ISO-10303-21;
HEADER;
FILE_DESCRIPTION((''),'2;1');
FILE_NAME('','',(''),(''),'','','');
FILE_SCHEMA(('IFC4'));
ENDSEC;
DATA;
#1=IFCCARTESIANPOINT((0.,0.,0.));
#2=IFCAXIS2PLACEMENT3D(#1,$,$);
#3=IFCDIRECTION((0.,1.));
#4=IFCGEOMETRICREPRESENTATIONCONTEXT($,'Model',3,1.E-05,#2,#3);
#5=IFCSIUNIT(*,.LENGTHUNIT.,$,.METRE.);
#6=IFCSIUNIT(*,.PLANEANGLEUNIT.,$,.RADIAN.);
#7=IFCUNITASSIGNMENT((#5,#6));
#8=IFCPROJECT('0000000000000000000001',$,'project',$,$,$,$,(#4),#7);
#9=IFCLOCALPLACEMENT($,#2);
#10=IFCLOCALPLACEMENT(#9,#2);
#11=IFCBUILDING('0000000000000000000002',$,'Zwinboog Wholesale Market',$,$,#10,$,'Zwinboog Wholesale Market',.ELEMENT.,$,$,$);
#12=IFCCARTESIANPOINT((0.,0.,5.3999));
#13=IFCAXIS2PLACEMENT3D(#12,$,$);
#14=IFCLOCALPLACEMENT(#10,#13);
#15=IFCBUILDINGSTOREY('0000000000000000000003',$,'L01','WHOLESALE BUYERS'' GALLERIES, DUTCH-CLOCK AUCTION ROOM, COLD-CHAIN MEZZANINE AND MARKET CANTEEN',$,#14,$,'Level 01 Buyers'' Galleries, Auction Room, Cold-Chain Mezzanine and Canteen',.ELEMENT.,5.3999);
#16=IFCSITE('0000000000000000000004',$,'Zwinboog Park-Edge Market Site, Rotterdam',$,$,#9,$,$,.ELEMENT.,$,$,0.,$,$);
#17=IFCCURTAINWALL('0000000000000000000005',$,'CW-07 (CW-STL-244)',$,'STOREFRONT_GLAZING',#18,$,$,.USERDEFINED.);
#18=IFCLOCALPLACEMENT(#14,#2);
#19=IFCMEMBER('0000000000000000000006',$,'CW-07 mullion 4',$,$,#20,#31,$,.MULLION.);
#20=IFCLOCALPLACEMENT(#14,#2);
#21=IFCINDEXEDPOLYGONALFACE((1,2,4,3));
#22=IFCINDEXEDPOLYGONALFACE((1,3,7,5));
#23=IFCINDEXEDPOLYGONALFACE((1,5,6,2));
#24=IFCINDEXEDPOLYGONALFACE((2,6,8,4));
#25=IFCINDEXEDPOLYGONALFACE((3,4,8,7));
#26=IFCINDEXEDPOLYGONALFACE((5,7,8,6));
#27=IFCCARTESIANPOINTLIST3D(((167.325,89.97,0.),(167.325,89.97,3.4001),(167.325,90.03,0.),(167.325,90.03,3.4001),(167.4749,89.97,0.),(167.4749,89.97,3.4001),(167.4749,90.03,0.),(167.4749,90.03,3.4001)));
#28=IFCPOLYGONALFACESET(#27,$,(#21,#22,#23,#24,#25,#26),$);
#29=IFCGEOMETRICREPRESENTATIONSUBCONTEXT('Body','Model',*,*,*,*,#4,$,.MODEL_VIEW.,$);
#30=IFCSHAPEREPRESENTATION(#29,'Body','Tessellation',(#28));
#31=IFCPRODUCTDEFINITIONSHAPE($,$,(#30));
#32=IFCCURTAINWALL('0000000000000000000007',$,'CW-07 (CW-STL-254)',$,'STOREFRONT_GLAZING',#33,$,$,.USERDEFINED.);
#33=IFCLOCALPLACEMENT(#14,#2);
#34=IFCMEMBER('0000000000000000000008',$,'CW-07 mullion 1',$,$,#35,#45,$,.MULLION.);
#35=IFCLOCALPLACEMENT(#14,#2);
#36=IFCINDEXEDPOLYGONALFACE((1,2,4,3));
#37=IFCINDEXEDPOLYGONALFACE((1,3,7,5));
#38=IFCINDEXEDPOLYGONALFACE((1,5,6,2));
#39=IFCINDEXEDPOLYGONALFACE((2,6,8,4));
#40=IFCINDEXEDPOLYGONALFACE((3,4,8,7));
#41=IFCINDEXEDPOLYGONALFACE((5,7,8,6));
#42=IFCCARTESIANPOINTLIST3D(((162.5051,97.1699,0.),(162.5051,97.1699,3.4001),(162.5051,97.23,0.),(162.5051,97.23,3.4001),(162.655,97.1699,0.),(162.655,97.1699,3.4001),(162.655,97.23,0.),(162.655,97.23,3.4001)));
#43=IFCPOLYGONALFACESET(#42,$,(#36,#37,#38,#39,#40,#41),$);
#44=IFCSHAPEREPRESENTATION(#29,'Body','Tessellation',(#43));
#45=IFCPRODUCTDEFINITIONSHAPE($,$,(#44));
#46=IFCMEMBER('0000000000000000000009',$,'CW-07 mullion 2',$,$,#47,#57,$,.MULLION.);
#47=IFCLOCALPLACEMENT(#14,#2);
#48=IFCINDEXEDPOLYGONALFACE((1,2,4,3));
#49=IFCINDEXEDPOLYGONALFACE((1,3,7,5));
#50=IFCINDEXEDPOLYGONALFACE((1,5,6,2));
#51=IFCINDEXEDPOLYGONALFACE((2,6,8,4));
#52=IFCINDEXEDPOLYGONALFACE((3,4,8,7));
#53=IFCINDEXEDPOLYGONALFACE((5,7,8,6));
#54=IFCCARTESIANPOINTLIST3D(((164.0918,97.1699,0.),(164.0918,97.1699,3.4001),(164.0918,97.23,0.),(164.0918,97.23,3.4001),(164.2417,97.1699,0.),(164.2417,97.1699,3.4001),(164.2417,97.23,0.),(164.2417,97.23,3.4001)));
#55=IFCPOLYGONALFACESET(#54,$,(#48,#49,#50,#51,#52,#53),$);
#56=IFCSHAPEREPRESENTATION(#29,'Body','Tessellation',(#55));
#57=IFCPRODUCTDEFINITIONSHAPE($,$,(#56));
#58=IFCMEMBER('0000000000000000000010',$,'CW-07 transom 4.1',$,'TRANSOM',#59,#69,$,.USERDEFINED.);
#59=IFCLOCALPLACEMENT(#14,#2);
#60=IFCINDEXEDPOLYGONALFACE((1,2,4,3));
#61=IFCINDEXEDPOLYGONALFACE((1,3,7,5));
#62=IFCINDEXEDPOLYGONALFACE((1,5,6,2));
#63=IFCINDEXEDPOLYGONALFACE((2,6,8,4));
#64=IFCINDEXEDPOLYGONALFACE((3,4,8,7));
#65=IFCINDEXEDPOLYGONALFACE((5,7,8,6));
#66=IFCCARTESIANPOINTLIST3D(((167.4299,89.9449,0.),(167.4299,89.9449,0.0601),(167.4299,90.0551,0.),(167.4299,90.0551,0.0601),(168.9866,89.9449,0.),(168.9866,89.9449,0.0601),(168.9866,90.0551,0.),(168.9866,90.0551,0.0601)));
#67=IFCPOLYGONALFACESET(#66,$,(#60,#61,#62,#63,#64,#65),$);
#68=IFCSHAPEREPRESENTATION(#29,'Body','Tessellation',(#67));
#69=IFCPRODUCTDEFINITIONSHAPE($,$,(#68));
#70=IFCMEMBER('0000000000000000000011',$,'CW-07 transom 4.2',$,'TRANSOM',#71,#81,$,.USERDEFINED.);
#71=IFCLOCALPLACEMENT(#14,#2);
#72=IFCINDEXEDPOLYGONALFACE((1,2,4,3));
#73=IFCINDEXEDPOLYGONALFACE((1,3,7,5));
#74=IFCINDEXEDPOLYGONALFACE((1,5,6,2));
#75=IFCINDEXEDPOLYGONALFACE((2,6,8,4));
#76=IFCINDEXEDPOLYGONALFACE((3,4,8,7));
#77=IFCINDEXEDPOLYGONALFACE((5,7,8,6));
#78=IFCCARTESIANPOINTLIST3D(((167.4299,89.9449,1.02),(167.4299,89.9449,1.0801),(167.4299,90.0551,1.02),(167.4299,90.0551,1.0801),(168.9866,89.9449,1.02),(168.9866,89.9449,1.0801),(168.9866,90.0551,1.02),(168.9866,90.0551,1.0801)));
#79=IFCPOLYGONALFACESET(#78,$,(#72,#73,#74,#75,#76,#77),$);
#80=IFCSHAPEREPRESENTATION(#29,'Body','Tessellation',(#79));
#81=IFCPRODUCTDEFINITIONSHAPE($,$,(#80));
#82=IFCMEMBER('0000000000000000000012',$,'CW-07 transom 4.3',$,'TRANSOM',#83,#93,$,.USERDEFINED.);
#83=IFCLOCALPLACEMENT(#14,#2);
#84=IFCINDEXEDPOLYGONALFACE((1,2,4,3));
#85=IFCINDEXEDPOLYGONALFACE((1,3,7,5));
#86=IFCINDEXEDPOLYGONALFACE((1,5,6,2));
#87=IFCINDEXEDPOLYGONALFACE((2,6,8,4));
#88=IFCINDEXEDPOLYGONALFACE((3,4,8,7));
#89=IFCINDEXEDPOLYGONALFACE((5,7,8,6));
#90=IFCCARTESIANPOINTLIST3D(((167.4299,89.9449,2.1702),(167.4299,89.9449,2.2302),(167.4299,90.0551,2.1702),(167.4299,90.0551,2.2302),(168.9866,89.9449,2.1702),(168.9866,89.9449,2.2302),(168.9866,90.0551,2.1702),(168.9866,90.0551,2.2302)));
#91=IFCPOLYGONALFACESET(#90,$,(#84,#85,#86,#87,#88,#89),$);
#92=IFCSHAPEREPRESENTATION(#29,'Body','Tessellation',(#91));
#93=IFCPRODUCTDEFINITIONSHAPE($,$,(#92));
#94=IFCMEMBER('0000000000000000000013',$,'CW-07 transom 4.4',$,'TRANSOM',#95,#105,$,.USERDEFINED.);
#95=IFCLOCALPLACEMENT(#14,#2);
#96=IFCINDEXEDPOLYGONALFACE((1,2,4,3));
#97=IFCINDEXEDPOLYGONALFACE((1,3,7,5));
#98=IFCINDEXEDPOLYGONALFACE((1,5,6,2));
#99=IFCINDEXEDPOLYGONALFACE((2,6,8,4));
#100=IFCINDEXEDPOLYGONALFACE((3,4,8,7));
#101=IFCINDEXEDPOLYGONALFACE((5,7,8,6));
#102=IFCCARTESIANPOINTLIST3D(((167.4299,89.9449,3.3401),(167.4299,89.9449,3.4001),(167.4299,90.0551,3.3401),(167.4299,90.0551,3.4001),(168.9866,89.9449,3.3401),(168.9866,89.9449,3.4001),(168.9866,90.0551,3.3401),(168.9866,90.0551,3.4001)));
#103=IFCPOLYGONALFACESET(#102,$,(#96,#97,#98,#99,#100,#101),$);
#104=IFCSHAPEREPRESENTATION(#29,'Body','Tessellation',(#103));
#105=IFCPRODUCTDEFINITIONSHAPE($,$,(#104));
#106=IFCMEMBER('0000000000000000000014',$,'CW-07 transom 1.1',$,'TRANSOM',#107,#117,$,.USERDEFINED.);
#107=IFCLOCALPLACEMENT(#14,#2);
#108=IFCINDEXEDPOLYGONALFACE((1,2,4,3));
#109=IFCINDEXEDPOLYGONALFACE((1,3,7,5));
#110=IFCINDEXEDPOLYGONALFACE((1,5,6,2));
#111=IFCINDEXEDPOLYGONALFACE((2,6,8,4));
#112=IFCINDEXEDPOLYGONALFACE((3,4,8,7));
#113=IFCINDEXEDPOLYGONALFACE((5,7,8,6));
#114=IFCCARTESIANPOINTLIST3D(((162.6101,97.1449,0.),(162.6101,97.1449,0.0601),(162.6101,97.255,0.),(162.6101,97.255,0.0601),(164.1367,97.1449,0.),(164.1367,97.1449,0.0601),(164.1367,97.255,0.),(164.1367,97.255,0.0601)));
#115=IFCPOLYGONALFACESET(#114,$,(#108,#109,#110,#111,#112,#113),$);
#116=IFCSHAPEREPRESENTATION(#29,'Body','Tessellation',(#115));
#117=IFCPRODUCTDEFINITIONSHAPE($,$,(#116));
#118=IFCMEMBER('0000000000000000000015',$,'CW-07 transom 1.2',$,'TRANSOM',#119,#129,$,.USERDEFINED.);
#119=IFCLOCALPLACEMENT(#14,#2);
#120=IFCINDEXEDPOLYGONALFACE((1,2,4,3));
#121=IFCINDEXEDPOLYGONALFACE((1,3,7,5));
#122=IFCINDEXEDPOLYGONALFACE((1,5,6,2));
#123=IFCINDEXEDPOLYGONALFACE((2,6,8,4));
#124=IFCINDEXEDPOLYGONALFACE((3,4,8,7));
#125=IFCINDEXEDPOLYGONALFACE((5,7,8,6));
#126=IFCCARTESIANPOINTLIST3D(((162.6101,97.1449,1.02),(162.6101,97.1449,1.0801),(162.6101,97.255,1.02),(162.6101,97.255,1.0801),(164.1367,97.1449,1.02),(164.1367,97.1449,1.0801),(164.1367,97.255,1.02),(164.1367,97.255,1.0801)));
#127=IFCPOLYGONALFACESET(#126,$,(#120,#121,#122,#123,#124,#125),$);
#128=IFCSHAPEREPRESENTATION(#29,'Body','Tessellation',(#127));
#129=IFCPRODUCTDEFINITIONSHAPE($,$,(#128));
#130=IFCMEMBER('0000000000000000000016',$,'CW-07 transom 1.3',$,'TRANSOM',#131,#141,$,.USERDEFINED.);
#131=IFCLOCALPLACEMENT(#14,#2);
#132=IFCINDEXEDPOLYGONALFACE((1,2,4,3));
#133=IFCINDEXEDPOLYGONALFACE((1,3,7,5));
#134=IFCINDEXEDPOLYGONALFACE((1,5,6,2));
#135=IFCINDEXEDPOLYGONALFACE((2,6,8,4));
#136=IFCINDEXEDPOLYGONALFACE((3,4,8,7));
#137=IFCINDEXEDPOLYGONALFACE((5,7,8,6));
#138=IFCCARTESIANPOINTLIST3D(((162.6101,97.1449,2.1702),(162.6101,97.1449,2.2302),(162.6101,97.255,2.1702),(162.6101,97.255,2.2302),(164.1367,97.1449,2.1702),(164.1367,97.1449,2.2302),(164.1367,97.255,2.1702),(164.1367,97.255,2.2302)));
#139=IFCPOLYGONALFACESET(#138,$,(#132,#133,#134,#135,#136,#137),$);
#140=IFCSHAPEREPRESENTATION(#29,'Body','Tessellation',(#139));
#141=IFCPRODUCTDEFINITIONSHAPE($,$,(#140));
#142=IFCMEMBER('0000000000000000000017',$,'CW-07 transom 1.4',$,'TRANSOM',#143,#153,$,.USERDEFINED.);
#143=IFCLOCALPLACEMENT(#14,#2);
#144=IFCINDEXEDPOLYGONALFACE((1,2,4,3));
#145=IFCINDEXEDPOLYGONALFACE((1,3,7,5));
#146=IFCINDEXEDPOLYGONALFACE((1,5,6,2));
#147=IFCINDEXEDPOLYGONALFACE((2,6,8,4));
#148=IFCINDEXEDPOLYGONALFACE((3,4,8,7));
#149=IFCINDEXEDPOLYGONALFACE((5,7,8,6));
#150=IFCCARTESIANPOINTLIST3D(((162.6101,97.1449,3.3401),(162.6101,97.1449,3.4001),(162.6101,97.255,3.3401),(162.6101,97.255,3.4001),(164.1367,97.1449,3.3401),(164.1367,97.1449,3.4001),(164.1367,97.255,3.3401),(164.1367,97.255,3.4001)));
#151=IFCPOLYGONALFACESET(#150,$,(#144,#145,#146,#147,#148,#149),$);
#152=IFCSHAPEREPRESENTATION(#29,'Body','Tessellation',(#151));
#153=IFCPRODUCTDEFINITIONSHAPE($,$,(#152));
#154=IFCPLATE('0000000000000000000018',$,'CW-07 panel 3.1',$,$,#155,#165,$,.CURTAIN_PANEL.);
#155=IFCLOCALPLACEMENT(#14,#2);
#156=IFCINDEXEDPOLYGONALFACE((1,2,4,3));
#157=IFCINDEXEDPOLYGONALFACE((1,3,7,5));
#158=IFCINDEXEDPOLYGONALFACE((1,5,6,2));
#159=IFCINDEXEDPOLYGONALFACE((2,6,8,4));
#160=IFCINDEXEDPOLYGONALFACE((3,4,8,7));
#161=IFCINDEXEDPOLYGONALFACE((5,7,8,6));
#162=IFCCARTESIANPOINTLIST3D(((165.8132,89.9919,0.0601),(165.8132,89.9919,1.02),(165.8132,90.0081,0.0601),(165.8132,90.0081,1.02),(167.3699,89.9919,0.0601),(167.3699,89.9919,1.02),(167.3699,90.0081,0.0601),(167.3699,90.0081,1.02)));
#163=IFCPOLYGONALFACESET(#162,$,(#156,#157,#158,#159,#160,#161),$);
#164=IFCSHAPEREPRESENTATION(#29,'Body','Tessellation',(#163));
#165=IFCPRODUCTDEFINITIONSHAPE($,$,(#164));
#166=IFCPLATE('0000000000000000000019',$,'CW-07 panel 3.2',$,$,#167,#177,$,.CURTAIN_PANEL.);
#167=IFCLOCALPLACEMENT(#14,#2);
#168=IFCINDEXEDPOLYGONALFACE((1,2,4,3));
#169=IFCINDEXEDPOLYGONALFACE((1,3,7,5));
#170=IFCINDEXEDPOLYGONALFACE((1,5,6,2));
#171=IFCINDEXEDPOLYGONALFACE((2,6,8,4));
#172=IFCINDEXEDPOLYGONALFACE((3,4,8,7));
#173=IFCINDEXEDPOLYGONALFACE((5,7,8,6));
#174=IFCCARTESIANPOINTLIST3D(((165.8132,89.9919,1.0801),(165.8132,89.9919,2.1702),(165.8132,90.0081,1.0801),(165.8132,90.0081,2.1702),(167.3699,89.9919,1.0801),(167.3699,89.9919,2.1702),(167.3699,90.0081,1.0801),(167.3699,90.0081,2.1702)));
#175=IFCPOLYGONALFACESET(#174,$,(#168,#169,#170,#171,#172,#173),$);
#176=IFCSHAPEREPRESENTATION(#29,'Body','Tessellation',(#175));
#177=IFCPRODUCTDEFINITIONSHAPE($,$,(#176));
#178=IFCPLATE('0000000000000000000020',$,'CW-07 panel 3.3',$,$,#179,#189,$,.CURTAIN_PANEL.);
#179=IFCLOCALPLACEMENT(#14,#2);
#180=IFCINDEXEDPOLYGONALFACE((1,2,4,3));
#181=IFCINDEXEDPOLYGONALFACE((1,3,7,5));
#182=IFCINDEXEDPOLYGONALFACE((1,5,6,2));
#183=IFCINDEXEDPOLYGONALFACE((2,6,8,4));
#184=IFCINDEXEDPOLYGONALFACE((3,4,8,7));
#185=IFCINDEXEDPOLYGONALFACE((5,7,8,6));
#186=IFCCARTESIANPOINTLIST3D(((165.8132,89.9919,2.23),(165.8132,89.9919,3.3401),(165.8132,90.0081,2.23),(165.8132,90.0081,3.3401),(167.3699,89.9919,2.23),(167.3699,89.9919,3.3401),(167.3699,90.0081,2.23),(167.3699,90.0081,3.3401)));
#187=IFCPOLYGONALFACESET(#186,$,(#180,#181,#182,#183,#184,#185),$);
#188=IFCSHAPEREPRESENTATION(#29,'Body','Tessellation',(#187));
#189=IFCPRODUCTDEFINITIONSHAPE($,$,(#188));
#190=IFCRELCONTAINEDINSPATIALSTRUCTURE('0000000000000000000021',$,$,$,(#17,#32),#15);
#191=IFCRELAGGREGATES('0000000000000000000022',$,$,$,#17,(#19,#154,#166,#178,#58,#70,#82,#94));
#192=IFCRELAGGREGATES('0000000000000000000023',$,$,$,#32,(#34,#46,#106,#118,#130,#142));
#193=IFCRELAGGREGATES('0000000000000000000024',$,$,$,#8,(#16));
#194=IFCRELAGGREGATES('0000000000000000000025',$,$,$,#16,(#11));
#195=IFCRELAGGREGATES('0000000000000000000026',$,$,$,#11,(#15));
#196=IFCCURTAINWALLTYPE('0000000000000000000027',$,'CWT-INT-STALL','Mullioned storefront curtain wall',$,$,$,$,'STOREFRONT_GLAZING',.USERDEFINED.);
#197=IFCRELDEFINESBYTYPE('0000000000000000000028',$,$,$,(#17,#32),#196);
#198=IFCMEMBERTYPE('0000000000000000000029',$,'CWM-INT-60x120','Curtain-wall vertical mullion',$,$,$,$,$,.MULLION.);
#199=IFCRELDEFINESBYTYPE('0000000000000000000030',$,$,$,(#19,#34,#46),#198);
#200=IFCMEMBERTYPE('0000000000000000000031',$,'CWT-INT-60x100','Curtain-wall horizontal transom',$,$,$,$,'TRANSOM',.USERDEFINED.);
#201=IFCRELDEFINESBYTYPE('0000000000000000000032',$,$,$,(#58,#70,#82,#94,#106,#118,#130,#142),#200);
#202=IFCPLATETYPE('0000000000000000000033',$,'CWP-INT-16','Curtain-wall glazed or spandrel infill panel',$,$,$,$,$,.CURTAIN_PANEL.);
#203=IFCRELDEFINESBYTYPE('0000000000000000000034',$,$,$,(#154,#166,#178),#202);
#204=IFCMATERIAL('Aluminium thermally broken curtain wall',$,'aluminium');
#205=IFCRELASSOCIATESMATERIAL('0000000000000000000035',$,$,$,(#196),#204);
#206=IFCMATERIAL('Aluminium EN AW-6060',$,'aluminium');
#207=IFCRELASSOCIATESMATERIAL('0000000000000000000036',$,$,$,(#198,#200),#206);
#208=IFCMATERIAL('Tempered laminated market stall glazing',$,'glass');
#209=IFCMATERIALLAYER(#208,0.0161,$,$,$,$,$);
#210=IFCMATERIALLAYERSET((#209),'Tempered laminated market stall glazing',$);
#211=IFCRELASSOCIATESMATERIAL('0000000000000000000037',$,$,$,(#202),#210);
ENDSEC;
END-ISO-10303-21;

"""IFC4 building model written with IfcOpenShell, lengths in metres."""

from ifc_helpers import new_model, si_unit, direction, frame, origin, origin_2d, place, context, subcontext, project, spatial, rectangle, extrude, material, layer, layer_set, material_profile, profile_set, type_object, element, aggregate, save


model = new_model("IFC4")

# Units and contexts
model_context = context("Model", 3, precision=1e-05, world=origin(), true_north=direction((0.0, 1.0)))
body_context = subcontext(model_context, "Body", "Model", "MODEL_VIEW")
ifc_project = project(units=[si_unit("LENGTHUNIT", "METRE"), si_unit("PLANEANGLEUNIT", "RADIAN")], contexts=[model_context])

# Site, building, storey
site_placement = place(None, origin())
site = spatial("IfcSite", under=ifc_project, at=site_placement, Name="Zwinboog Park-Edge Market Site, Rotterdam", CompositionType="ELEMENT", RefElevation=0.0)
building_placement = place(site_placement, origin())
building = spatial("IfcBuilding", under=site, at=building_placement, Name="Zwinboog Wholesale Market", LongName="Zwinboog Wholesale Market", CompositionType="ELEMENT")
storey_placement = place(building_placement, frame((0.0, 0.0, 5.3999)))
storey = spatial("IfcBuildingStorey", under=building, at=storey_placement, Name="L01", Description="WHOLESALE BUYERS' GALLERIES, DUTCH-CLOCK AUCTION ROOM, COLD-CHAIN MEZZANINE AND MARKET CANTEEN", LongName="Level 01 Buyers' Galleries, Auction Room, Cold-Chain Mezzanine and Canteen", CompositionType="ELEMENT", Elevation=5.3999)

# Curtain wall, member
ifc_material_1 = material(Name="Aluminium thermally broken curtain wall", Category="aluminium")
curtain_wall_type = type_object("IfcCurtainWallType", Name="CWT-INT-STALL", Description="Mullioned storefront curtain wall", ElementType="STOREFRONT_GLAZING", PredefinedType="USERDEFINED", material=ifc_material_1)
curtain_wall_1_placement = place(storey_placement, origin())
curtain_wall_1 = element("IfcCurtainWall", 1, at=curtain_wall_1_placement, inside=storey, type_object=curtain_wall_type, Name="CW-07 (CW-STL-244)", ObjectType="STOREFRONT_GLAZING", PredefinedType="USERDEFINED")
ifc_material_2 = material(Name="Aluminium EN AW-6060", Category="aluminium")
ifc_material_profile_1 = material_profile(ifc_material_2, rectangle(XDim=0.0601, YDim=0.1499, at=origin_2d()), Name="AL 60x150")
ifc_profile_set_1 = profile_set([ifc_material_profile_1], Name="Aluminium EN AW-6060")
member_type_1 = type_object("IfcMemberType", Name="CWM-INT-60x120", Description="Curtain-wall vertical mullion", PredefinedType="MULLION", material=ifc_profile_set_1)
member_1_placement = place(storey_placement, frame((167.3999, 90.0, 0.0), z_axis=(0.0, 0.0, 1.0), x_axis=(0.0, 1.0, 0.0)))
member_1 = element("IfcMember", 2, at=member_1_placement, type_object=member_type_1, Name="CW-07 mullion 4", PredefinedType="MULLION", context=body_context, shape_type="SweptSolid", body=[
    extrude(rectangle(XDim=0.0601, YDim=0.1499, at=origin_2d()), origin(), (0.0, 0.0, 1.0), 3.4001),
])

# Curtain wall, members
curtain_wall_2_placement = place(storey_placement, origin())
curtain_wall_2 = element("IfcCurtainWall", 3, at=curtain_wall_2_placement, inside=storey, type_object=curtain_wall_type, Name="CW-07 (CW-STL-254)", ObjectType="STOREFRONT_GLAZING", PredefinedType="USERDEFINED")
member_2_placement = place(storey_placement, frame((162.5801, 97.2, 0.0), z_axis=(0.0, 0.0, 1.0), x_axis=(0.0, 1.0, 0.0)))
member_2 = element("IfcMember", 4, at=member_2_placement, type_object=member_type_1, Name="CW-07 mullion 1", PredefinedType="MULLION", context=body_context, shape_type="SweptSolid", body=[
    extrude(rectangle(XDim=0.0601, YDim=0.1499, at=origin_2d()), origin(), (0.0, 0.0, 1.0), 3.4001),
])
member_3_placement = place(storey_placement, frame((164.1667, 97.2, 0.0), z_axis=(0.0, 0.0, 1.0), x_axis=(0.0, 1.0, 0.0)))
member_3 = element("IfcMember", 5, at=member_3_placement, type_object=member_type_1, Name="CW-07 mullion 2", PredefinedType="MULLION", context=body_context, shape_type="SweptSolid", body=[
    extrude(rectangle(XDim=0.0601, YDim=0.1499, at=origin_2d()), origin(), (0.0, 0.0, 1.0), 3.4001),
])

# Members
ifc_material_profile_2 = material_profile(ifc_material_2, rectangle(XDim=0.1101, YDim=0.0601, at=origin_2d()), Name="AL 60x110")
ifc_profile_set_2 = profile_set([ifc_material_profile_2], Name="Aluminium EN AW-6060")
member_type_2 = type_object("IfcMemberType", Name="CWT-INT-60x100", Description="Curtain-wall horizontal transom", ElementType="TRANSOM", PredefinedType="USERDEFINED", material=ifc_profile_set_2)
member_4_placement = place(storey_placement, frame((167.4299, 90.0, 0.03), z_axis=(1.0, 0.0, 0.0), x_axis=(0.0, 1.0, 0.0)))
member_4 = element("IfcMember", 6, at=member_4_placement, type_object=member_type_2, Name="CW-07 transom 4.1", ObjectType="TRANSOM", PredefinedType="USERDEFINED", context=body_context, shape_type="SweptSolid", body=[
    extrude(rectangle(XDim=0.1101, YDim=0.0601, at=origin_2d()), origin(), (0.0, 0.0, 1.0), 1.5566),
])
member_5_placement = place(storey_placement, frame((167.4299, 90.0, 1.05), z_axis=(1.0, 0.0, 0.0), x_axis=(0.0, 1.0, 0.0)))
member_5 = element("IfcMember", 7, at=member_5_placement, type_object=member_type_2, Name="CW-07 transom 4.2", ObjectType="TRANSOM", PredefinedType="USERDEFINED", context=body_context, shape_type="SweptSolid", body=[
    extrude(rectangle(XDim=0.1101, YDim=0.0601, at=origin_2d()), origin(), (0.0, 0.0, 1.0), 1.5566),
])
member_6_placement = place(storey_placement, frame((167.4299, 90.0, 2.2002), z_axis=(1.0, 0.0, 0.0), x_axis=(0.0, 1.0, 0.0)))
member_6 = element("IfcMember", 8, at=member_6_placement, type_object=member_type_2, Name="CW-07 transom 4.3", ObjectType="TRANSOM", PredefinedType="USERDEFINED", context=body_context, shape_type="SweptSolid", body=[
    extrude(rectangle(XDim=0.1101, YDim=0.0601, at=origin_2d()), origin(), (0.0, 0.0, 1.0), 1.5566),
])
member_7_placement = place(storey_placement, frame((167.4299, 90.0, 3.3701), z_axis=(1.0, 0.0, 0.0), x_axis=(0.0, 1.0, 0.0)))
member_7 = element("IfcMember", 9, at=member_7_placement, type_object=member_type_2, Name="CW-07 transom 4.4", ObjectType="TRANSOM", PredefinedType="USERDEFINED", context=body_context, shape_type="SweptSolid", body=[
    extrude(rectangle(XDim=0.1101, YDim=0.0601, at=origin_2d()), origin(), (0.0, 0.0, 1.0), 1.5566),
])
member_8_placement = place(storey_placement, frame((162.6101, 97.2, 0.03), z_axis=(1.0, 0.0, 0.0), x_axis=(0.0, 1.0, 0.0)))
member_8 = element("IfcMember", 10, at=member_8_placement, type_object=member_type_2, Name="CW-07 transom 1.1", ObjectType="TRANSOM", PredefinedType="USERDEFINED", context=body_context, shape_type="SweptSolid", body=[
    extrude(rectangle(XDim=0.1101, YDim=0.0601, at=origin_2d()), origin(), (0.0, 0.0, 1.0), 1.5266),
])
member_9_placement = place(storey_placement, frame((162.6101, 97.2, 1.05), z_axis=(1.0, 0.0, 0.0), x_axis=(0.0, 1.0, 0.0)))
member_9 = element("IfcMember", 11, at=member_9_placement, type_object=member_type_2, Name="CW-07 transom 1.2", ObjectType="TRANSOM", PredefinedType="USERDEFINED", context=body_context, shape_type="SweptSolid", body=[
    extrude(rectangle(XDim=0.1101, YDim=0.0601, at=origin_2d()), origin(), (0.0, 0.0, 1.0), 1.5266),
])
member_10_placement = place(storey_placement, frame((162.6101, 97.2, 2.2002), z_axis=(1.0, 0.0, 0.0), x_axis=(0.0, 1.0, 0.0)))
member_10 = element("IfcMember", 12, at=member_10_placement, type_object=member_type_2, Name="CW-07 transom 1.3", ObjectType="TRANSOM", PredefinedType="USERDEFINED", context=body_context, shape_type="SweptSolid", body=[
    extrude(rectangle(XDim=0.1101, YDim=0.0601, at=origin_2d()), origin(), (0.0, 0.0, 1.0), 1.5266),
])
member_11_placement = place(storey_placement, frame((162.6101, 97.2, 3.3701), z_axis=(1.0, 0.0, 0.0), x_axis=(0.0, 1.0, 0.0)))
member_11 = element("IfcMember", 13, at=member_11_placement, type_object=member_type_2, Name="CW-07 transom 1.4", ObjectType="TRANSOM", PredefinedType="USERDEFINED", context=body_context, shape_type="SweptSolid", body=[
    extrude(rectangle(XDim=0.1101, YDim=0.0601, at=origin_2d()), origin(), (0.0, 0.0, 1.0), 1.5266),
])

# Plates
ifc_material_3 = material(Name="Tempered laminated market stall glazing", Category="glass")
ifc_layer = layer(ifc_material_3, 0.0161)
ifc_layer_set = layer_set([ifc_layer], Name="Tempered laminated market stall glazing")
plate_type = type_object("IfcPlateType", Name="CWP-INT-16", Description="Curtain-wall glazed or spandrel infill panel", PredefinedType="CURTAIN_PANEL", material=ifc_layer_set)
plate_1_placement = place(storey_placement, frame((166.5916, 90.0, 0.0601), z_axis=(0.0, 0.0, 1.0), x_axis=(1.0, 0.0, 0.0)))
plate_1 = element("IfcPlate", 14, at=plate_1_placement, type_object=plate_type, Name="CW-07 panel 3.1", PredefinedType="CURTAIN_PANEL", context=body_context, shape_type="SweptSolid", body=[
    extrude(rectangle(XDim=1.5566, YDim=0.0161, at=origin_2d()), origin(), (0.0, 0.0, 1.0), 0.96),
])
plate_2_placement = place(storey_placement, frame((166.5916, 90.0, 1.0801), z_axis=(0.0, 0.0, 1.0), x_axis=(1.0, 0.0, 0.0)))
plate_2 = element("IfcPlate", 15, at=plate_2_placement, type_object=plate_type, Name="CW-07 panel 3.2", PredefinedType="CURTAIN_PANEL", context=body_context, shape_type="SweptSolid", body=[
    extrude(rectangle(XDim=1.5566, YDim=0.0161, at=origin_2d()), origin(), (0.0, 0.0, 1.0), 1.0901),
])
plate_3_placement = place(storey_placement, frame((166.5916, 90.0, 2.23), z_axis=(0.0, 0.0, 1.0), x_axis=(1.0, 0.0, 0.0)))
plate_3 = element("IfcPlate", 16, at=plate_3_placement, type_object=plate_type, Name="CW-07 panel 3.3", PredefinedType="CURTAIN_PANEL", context=body_context, shape_type="SweptSolid", body=[
    extrude(rectangle(XDim=1.5566, YDim=0.0161, at=origin_2d()), origin(), (0.0, 0.0, 1.0), 1.1101),
])
aggregate(curtain_wall_1, [member_1, plate_1, plate_2, plate_3, member_4, member_5, member_6, member_7])
aggregate(curtain_wall_2, [member_2, member_3, member_8, member_9, member_10, member_11])

save(model, "model.ifc")
